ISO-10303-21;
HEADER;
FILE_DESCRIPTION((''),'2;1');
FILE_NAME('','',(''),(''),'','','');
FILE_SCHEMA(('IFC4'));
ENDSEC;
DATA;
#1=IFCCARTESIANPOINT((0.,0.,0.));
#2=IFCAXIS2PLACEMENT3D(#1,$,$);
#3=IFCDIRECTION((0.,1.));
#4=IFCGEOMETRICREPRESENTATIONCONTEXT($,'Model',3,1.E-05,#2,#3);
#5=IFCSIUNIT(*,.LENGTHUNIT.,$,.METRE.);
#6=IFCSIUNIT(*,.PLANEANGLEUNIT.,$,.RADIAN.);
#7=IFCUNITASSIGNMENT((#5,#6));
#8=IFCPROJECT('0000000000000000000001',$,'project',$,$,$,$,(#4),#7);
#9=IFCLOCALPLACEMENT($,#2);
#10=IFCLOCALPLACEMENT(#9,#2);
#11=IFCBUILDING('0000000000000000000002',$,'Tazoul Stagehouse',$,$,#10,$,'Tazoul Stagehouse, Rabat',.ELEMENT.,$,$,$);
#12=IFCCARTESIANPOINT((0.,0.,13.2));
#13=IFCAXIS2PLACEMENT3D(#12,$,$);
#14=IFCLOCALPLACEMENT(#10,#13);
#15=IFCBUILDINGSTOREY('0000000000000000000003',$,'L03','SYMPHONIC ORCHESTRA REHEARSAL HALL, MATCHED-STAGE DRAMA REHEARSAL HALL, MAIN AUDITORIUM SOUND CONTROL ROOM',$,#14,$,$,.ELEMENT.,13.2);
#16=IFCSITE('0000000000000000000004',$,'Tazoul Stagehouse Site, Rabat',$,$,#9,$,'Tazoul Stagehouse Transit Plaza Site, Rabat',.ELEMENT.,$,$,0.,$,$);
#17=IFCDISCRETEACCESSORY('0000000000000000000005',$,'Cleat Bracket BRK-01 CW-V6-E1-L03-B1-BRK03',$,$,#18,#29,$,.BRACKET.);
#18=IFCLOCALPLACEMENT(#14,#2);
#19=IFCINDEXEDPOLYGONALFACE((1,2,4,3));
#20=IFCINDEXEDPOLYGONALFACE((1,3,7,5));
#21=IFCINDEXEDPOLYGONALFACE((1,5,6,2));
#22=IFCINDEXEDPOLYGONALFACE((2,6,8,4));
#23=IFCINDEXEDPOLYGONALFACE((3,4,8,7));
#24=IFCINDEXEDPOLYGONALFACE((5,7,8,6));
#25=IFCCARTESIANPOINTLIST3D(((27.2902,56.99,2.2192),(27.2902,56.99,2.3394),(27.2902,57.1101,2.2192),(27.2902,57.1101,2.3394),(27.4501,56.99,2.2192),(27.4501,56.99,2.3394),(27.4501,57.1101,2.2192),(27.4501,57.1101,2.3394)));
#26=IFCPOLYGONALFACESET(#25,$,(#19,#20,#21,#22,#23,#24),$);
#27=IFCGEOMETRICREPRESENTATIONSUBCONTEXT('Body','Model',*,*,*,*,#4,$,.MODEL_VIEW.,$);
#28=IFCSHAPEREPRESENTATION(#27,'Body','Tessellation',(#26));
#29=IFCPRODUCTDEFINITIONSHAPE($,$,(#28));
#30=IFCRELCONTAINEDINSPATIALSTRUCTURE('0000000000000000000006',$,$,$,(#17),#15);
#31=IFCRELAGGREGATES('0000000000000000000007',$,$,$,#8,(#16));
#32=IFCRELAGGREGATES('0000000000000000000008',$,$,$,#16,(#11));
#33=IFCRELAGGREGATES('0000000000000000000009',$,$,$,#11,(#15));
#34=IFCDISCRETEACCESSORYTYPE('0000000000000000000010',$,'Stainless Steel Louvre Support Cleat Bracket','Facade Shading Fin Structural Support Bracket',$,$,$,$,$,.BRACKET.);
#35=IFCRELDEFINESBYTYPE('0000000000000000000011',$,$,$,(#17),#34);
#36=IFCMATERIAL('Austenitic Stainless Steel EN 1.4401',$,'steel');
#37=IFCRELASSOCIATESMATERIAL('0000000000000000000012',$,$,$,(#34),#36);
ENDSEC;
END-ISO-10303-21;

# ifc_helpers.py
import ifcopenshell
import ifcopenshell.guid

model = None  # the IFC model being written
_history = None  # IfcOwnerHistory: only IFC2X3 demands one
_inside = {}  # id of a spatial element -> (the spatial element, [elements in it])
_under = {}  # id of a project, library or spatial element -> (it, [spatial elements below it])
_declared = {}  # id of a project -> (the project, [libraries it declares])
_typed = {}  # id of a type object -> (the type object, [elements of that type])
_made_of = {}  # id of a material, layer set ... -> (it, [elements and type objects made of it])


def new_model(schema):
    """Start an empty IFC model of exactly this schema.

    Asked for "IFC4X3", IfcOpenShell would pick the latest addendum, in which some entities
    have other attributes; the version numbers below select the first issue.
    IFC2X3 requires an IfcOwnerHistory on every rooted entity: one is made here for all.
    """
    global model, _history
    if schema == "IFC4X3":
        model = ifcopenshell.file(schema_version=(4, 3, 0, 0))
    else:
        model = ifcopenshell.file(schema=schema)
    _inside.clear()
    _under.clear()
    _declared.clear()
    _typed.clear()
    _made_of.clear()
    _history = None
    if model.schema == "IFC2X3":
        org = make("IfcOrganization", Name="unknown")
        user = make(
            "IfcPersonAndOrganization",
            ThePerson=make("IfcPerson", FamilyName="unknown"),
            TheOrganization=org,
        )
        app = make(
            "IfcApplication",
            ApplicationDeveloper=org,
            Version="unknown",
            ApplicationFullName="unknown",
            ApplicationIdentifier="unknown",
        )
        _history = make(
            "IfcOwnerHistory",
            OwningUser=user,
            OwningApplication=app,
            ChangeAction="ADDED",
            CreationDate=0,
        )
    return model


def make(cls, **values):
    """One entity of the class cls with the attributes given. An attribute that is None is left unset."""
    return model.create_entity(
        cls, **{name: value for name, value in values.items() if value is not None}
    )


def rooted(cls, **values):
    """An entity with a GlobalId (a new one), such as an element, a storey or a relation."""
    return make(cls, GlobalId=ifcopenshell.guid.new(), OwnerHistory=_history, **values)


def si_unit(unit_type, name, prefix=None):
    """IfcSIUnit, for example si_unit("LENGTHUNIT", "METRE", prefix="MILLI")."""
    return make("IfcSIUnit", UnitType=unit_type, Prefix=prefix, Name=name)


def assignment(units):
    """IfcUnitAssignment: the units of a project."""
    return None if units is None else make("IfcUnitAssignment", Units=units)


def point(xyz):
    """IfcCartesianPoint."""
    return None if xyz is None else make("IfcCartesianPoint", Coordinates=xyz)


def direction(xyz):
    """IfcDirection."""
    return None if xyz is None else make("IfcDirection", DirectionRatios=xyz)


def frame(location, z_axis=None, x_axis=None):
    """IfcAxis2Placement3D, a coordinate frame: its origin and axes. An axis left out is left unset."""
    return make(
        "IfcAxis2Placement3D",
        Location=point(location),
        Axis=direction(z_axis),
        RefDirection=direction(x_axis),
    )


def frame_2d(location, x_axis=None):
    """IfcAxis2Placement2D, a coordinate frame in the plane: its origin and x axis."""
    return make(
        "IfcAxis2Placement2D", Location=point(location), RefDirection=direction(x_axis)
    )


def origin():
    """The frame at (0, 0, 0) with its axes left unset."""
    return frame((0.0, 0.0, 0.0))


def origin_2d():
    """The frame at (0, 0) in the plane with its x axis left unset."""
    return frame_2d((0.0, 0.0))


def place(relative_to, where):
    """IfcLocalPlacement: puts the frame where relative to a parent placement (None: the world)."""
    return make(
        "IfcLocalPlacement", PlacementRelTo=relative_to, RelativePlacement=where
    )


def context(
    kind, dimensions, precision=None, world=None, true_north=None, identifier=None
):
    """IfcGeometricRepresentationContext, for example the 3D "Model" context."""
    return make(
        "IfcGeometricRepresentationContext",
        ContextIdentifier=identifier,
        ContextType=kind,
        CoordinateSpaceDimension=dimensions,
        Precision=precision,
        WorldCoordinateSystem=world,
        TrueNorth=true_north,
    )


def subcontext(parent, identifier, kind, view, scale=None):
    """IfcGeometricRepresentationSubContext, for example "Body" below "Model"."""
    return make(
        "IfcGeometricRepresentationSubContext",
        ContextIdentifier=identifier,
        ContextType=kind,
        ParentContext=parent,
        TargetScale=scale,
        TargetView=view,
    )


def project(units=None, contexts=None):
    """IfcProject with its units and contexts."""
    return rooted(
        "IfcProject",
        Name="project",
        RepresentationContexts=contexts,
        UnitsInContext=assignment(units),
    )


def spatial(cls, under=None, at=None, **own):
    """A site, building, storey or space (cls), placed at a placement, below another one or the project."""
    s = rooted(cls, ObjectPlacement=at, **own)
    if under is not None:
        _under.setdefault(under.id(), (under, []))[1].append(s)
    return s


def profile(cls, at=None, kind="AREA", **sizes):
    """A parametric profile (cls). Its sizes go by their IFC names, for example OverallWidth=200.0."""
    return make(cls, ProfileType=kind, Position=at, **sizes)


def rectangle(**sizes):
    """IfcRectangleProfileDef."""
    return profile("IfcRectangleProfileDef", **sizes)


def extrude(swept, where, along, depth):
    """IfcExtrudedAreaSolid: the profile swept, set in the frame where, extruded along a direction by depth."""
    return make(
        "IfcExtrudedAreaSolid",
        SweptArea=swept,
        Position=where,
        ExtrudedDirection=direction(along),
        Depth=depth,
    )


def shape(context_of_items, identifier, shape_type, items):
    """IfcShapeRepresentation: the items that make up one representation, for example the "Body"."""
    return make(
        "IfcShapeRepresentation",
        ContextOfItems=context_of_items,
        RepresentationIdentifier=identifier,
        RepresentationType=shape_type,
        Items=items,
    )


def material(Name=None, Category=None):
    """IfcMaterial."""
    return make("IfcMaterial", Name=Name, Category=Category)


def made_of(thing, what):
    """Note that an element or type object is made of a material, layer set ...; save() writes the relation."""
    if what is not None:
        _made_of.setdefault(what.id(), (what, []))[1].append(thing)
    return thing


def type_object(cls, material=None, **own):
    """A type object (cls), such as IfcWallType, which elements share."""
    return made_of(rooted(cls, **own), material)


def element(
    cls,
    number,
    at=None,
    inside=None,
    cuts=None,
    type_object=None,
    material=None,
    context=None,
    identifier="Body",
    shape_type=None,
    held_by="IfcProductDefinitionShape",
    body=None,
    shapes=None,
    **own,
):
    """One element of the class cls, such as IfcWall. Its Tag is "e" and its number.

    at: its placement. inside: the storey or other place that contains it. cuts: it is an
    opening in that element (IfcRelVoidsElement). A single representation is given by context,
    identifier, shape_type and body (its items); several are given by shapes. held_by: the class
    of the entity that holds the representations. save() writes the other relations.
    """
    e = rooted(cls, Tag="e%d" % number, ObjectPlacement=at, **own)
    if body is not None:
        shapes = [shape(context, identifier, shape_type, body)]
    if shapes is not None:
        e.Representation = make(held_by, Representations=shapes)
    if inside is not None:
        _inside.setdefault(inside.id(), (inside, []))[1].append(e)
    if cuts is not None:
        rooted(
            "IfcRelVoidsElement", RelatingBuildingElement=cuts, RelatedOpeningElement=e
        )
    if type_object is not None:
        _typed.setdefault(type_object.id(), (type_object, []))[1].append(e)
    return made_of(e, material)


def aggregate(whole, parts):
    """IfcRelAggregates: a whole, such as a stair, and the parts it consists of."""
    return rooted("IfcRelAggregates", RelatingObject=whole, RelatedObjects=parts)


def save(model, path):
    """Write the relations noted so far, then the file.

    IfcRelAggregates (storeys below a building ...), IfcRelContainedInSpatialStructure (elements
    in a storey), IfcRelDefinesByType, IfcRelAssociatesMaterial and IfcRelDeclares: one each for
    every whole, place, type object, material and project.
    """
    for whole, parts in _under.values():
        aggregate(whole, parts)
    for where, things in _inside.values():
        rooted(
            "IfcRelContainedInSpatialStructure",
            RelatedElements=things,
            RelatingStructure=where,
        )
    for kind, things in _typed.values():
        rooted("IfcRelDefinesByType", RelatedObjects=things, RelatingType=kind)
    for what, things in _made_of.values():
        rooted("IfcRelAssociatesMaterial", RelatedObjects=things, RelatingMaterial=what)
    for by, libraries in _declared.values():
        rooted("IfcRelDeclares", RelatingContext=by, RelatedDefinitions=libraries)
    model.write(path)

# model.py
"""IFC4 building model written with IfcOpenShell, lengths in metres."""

from ifc_helpers import new_model, si_unit, direction, frame, origin, origin_2d, place, context, subcontext, project, spatial, rectangle, extrude, material, type_object, element, save


model = new_model("IFC4")

# Units and contexts
model_context = context("Model", 3, precision=1e-05, world=origin(), true_north=direction((0.0, 1.0)))
body_context = subcontext(model_context, "Body", "Model", "MODEL_VIEW")
ifc_project = project(units=[si_unit("LENGTHUNIT", "METRE"), si_unit("PLANEANGLEUNIT", "RADIAN")], contexts=[model_context])

# Site, building, storey
site_placement = place(None, origin())
building_placement = place(site_placement, origin())
storey_placement = place(building_placement, frame((0.0, 0.0, 13.2)))
site = spatial("IfcSite", under=ifc_project, at=site_placement, Name="Tazoul Stagehouse Site, Rabat", LongName="Tazoul Stagehouse Transit Plaza Site, Rabat", CompositionType="ELEMENT", RefElevation=0.0)
building = spatial("IfcBuilding", under=site, at=building_placement, Name="Tazoul Stagehouse", LongName="Tazoul Stagehouse, Rabat", CompositionType="ELEMENT")
storey = spatial("IfcBuildingStorey", under=building, at=storey_placement, Name="L03", Description="SYMPHONIC ORCHESTRA REHEARSAL HALL, MATCHED-STAGE DRAMA REHEARSAL HALL, MAIN AUDITORIUM SOUND CONTROL ROOM", CompositionType="ELEMENT", Elevation=13.2)

# Discrete accessory
ifc_material_1 = material(Name="Austenitic Stainless Steel EN 1.4401", Category="steel")
discrete_accessory_type = type_object("IfcDiscreteAccessoryType", Name="Stainless Steel Louvre Support Cleat Bracket", Description="Facade Shading Fin Structural Support Bracket", PredefinedType="BRACKET", material=ifc_material_1)
discrete_accessory_placement = place(storey_placement, frame((27.3701, 57.05, 2.2192), z_axis=(0.0, 0.0, 1.0), x_axis=(0.0, 1.0, 0.0)))
element("IfcDiscreteAccessory", 1, at=discrete_accessory_placement, inside=storey, type_object=discrete_accessory_type, Name="Cleat Bracket BRK-01 CW-V6-E1-L03-B1-BRK03", PredefinedType="BRACKET", context=body_context, shape_type="SweptSolid", body=[
    extrude(rectangle(XDim=0.1201, YDim=0.1599, at=origin_2d()), origin(), (0.0, 0.0, 1.0), 0.1201),
])

save(model, "model.ifc")
